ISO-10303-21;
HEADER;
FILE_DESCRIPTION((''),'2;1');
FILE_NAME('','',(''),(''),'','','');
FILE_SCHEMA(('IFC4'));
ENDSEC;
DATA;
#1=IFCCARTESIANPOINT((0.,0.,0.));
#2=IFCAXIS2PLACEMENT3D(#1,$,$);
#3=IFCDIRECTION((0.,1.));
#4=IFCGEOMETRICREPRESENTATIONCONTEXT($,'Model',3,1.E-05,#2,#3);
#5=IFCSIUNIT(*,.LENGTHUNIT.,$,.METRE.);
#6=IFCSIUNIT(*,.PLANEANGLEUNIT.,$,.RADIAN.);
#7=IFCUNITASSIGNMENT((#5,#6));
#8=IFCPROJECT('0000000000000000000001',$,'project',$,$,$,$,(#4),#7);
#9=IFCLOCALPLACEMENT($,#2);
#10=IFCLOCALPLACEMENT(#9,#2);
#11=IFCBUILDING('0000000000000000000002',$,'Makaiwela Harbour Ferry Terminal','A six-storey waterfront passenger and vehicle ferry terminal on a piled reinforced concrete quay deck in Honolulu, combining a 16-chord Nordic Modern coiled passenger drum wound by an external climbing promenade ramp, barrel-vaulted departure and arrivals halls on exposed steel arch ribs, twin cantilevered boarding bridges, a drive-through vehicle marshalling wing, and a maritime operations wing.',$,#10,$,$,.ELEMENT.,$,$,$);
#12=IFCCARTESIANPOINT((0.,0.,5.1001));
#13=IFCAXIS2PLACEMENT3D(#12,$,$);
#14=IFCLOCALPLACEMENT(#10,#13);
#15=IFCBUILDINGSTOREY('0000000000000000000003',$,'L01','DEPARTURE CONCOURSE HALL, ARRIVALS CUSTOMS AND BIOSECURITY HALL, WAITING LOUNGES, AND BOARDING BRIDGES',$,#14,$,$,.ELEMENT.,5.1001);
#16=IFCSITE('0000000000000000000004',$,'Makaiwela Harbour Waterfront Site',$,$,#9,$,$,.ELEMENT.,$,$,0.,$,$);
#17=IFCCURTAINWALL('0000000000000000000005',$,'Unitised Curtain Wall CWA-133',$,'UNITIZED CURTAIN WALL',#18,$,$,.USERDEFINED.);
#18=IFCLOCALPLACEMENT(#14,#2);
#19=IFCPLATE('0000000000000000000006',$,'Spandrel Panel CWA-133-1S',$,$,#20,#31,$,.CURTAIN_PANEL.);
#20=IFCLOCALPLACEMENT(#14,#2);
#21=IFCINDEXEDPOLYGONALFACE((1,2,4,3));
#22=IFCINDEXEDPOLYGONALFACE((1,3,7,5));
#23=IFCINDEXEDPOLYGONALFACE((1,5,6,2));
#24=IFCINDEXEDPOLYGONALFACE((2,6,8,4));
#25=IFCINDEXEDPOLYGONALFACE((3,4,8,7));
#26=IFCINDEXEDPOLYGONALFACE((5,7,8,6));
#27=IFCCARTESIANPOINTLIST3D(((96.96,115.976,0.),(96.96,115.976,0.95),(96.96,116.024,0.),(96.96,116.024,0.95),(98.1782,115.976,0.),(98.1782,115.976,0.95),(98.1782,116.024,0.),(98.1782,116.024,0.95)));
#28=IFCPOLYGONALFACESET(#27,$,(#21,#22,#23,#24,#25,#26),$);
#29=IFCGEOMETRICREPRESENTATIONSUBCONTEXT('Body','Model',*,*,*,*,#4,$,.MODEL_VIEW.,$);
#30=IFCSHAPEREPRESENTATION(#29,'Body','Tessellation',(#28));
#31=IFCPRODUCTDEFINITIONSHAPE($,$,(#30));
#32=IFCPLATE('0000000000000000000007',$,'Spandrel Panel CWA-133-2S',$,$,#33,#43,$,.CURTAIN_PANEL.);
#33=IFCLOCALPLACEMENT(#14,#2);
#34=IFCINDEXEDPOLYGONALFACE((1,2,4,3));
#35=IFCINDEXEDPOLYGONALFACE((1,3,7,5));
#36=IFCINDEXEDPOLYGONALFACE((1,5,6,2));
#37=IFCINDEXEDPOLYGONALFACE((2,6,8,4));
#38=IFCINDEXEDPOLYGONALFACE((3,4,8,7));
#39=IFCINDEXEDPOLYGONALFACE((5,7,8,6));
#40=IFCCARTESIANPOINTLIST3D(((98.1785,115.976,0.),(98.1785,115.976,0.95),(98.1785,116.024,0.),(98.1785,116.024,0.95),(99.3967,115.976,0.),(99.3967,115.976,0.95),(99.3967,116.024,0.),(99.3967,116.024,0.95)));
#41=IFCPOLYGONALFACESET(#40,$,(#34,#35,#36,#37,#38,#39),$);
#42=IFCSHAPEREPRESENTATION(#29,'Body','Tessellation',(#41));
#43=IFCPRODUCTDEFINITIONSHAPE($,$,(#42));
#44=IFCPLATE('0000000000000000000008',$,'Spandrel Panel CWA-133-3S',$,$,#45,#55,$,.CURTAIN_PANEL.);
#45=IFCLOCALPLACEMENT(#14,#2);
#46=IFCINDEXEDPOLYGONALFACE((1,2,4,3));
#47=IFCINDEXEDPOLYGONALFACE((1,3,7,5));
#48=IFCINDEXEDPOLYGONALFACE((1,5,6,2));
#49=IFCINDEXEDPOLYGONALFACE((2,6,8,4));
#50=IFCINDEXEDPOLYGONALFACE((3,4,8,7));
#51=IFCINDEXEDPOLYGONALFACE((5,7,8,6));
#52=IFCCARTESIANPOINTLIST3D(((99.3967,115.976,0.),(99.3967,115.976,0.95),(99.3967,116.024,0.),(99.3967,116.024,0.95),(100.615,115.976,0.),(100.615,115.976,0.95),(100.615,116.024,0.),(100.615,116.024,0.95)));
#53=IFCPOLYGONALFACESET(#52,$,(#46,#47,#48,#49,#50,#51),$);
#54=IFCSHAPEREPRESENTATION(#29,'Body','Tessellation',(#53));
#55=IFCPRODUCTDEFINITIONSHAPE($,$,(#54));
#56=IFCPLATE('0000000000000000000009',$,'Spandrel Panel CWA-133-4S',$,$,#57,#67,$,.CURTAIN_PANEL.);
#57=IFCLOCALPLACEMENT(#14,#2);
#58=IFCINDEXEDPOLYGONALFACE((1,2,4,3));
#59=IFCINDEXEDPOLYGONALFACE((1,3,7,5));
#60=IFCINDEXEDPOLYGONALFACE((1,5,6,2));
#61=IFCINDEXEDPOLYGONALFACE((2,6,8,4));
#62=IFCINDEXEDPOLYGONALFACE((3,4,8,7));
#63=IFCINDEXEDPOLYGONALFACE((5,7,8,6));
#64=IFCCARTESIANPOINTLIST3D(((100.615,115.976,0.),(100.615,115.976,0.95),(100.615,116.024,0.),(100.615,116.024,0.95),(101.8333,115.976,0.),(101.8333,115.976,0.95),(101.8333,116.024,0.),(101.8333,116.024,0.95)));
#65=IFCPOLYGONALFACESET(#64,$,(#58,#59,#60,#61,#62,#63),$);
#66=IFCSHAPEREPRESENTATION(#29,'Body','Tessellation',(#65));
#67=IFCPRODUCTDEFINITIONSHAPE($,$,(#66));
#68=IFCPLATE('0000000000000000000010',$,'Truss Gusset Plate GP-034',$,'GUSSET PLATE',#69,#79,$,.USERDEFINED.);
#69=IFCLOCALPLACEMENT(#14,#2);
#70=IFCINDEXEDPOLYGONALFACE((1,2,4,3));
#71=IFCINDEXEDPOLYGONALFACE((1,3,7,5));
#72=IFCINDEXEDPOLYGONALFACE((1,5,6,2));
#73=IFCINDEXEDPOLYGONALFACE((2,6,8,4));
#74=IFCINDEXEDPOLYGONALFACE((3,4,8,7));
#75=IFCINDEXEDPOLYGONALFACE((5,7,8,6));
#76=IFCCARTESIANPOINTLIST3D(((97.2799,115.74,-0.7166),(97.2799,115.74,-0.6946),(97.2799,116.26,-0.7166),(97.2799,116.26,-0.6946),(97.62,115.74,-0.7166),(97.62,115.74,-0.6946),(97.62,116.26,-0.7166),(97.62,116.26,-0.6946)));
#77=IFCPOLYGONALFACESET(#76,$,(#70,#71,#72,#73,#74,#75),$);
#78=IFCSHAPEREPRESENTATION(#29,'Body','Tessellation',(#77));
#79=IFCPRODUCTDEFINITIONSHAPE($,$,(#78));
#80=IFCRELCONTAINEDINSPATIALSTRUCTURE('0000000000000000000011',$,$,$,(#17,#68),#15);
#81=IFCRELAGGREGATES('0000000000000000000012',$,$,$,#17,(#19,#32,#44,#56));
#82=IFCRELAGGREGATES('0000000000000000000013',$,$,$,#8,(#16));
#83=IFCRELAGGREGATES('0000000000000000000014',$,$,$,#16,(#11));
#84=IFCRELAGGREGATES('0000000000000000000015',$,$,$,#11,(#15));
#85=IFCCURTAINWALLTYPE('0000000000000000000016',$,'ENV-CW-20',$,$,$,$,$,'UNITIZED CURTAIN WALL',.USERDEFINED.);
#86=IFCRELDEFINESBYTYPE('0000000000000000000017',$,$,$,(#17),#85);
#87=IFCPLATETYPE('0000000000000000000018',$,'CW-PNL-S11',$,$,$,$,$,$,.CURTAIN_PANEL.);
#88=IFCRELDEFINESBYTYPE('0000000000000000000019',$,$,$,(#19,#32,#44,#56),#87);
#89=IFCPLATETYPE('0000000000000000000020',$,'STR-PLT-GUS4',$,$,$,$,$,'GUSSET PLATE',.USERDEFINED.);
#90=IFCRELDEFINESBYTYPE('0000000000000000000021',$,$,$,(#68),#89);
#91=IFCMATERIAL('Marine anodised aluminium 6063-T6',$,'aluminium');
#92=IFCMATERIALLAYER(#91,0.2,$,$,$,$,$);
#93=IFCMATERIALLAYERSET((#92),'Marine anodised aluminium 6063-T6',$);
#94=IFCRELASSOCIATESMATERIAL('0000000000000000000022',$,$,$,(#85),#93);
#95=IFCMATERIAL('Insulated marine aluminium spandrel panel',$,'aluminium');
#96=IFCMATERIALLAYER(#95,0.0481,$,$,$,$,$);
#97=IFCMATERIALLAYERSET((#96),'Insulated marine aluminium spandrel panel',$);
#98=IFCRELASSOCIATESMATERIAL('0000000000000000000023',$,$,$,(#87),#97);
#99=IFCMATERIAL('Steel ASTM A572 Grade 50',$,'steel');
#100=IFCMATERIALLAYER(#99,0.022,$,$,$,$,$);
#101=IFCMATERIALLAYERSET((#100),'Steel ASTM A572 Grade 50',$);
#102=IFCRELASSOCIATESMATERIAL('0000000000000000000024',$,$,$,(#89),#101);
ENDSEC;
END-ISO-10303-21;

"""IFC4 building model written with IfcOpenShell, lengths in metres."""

from ifc_helpers import new_model, si_unit, direction, frame, origin, origin_2d, place, context, subcontext, project, spatial, rectangle, extrude, material, layer, layer_set, type_object, element, aggregate, save


model = new_model("IFC4")

# Units and contexts
model_context = context("Model", 3, precision=1e-05, world=origin(), true_north=direction((0.0, 1.0)))
body_context = subcontext(model_context, "Body", "Model", "MODEL_VIEW")
ifc_project = project(units=[si_unit("LENGTHUNIT", "METRE"), si_unit("PLANEANGLEUNIT", "RADIAN")], contexts=[model_context])

# Site, building, storey
site_placement = place(None, origin())
site = spatial("IfcSite", under=ifc_project, at=site_placement, Name="Makaiwela Harbour Waterfront Site", CompositionType="ELEMENT", RefElevation=0.0)
building_placement = place(site_placement, origin())
building = spatial("IfcBuilding", under=site, at=building_placement, Name="Makaiwela Harbour Ferry Terminal", Description="A six-storey waterfront passenger and vehicle ferry terminal on a piled reinforced concrete quay deck in Honolulu, combining a 16-chord Nordic Modern coiled passenger drum wound by an external climbing promenade ramp, barrel-vaulted departure and arrivals halls on exposed steel arch ribs, twin cantilevered boarding bridges, a drive-through vehicle marshalling wing, and a maritime operations wing.", CompositionType="ELEMENT")
storey_placement = place(building_placement, frame((0.0, 0.0, 5.1001)))
storey = spatial("IfcBuildingStorey", under=building, at=storey_placement, Name="L01", Description="DEPARTURE CONCOURSE HALL, ARRIVALS CUSTOMS AND BIOSECURITY HALL, WAITING LOUNGES, AND BOARDING BRIDGES", CompositionType="ELEMENT", Elevation=5.1001)

# Curtain wall
ifc_material_1 = material(Name="Marine anodised aluminium 6063-T6", Category="aluminium")
ifc_layer_1 = layer(ifc_material_1, 0.2)
ifc_layer_set_1 = layer_set([ifc_layer_1], Name="Marine anodised aluminium 6063-T6")
curtain_wall_type = type_object("IfcCurtainWallType", Name="ENV-CW-20", ElementType="UNITIZED CURTAIN WALL", PredefinedType="USERDEFINED", material=ifc_layer_set_1)
curtain_wall_placement = place(storey_placement, origin())
curtain_wall = element("IfcCurtainWall", 1, at=curtain_wall_placement, inside=storey, type_object=curtain_wall_type, Name="Unitised Curtain Wall CWA-133", ObjectType="UNITIZED CURTAIN WALL", PredefinedType="USERDEFINED")

# Plates
ifc_material_2 = material(Name="Insulated marine aluminium spandrel panel", Category="aluminium")
ifc_layer_2 = layer(ifc_material_2, 0.0481)
ifc_layer_set_2 = layer_set([ifc_layer_2], Name="Insulated marine aluminium spandrel panel")
plate_type_1 = type_object("IfcPlateType", Name="CW-PNL-S11", PredefinedType="CURTAIN_PANEL", material=ifc_layer_set_2)
plate_1_placement = place(storey_placement, frame((97.5691, 116.0, 0.0), z_axis=(0.0, 0.0, 1.0), x_axis=(1.0, 0.0, 0.0)))
plate_1 = element("IfcPlate", 2, at=plate_1_placement, type_object=plate_type_1, Name="Spandrel Panel CWA-133-1S", PredefinedType="CURTAIN_PANEL", context=body_context, shape_type="SweptSolid", body=[
    extrude(rectangle(XDim=1.2183, YDim=0.0481, at=origin_2d()), origin(), (0.0, 0.0, 1.0), 0.95),
])
plate_2_placement = place(storey_placement, frame((98.7876, 116.0, 0.0), z_axis=(0.0, 0.0, 1.0), x_axis=(1.0, 0.0, 0.0)))
plate_2 = element("IfcPlate", 3, at=plate_2_placement, type_object=plate_type_1, Name="Spandrel Panel CWA-133-2S", PredefinedType="CURTAIN_PANEL", context=body_context, shape_type="SweptSolid", body=[
    extrude(rectangle(XDim=1.2183, YDim=0.0481, at=origin_2d()), origin(), (0.0, 0.0, 1.0), 0.95),
])
plate_3_placement = place(storey_placement, frame((100.0059, 116.0, 0.0), z_axis=(0.0, 0.0, 1.0), x_axis=(1.0, 0.0, 0.0)))
plate_3 = element("IfcPlate", 4, at=plate_3_placement, type_object=plate_type_1, Name="Spandrel Panel CWA-133-3S", PredefinedType="CURTAIN_PANEL", context=body_context, shape_type="SweptSolid", body=[
    extrude(rectangle(XDim=1.2183, YDim=0.0481, at=origin_2d()), origin(), (0.0, 0.0, 1.0), 0.95),
])
plate_4_placement = place(storey_placement, frame((101.2241, 116.0, 0.0), z_axis=(0.0, 0.0, 1.0), x_axis=(1.0, 0.0, 0.0)))
plate_4 = element("IfcPlate", 5, at=plate_4_placement, type_object=plate_type_1, Name="Spandrel Panel CWA-133-4S", PredefinedType="CURTAIN_PANEL", context=body_context, shape_type="SweptSolid", body=[
    extrude(rectangle(XDim=1.2183, YDim=0.0481, at=origin_2d()), origin(), (0.0, 0.0, 1.0), 0.95),
])
aggregate(curtain_wall, [plate_1, plate_2, plate_3, plate_4])
ifc_material_3 = material(Name="Steel ASTM A572 Grade 50", Category="steel")
ifc_layer_3 = layer(ifc_material_3, 0.022)
ifc_layer_set_3 = layer_set([ifc_layer_3], Name="Steel ASTM A572 Grade 50")
plate_type_2 = type_object("IfcPlateType", Name="STR-PLT-GUS4", ElementType="GUSSET PLATE", PredefinedType="USERDEFINED", material=ifc_layer_set_3)
plate_5_placement = place(storey_placement, frame((97.45, 116.0, -0.7166), z_axis=(0.0, 0.0, 1.0), x_axis=(0.0, 1.0, 0.0)))
element("IfcPlate", 6, at=plate_5_placement, inside=storey, type_object=plate_type_2, Name="Truss Gusset Plate GP-034", ObjectType="GUSSET PLATE", PredefinedType="USERDEFINED", context=body_context, shape_type="SweptSolid", body=[
    extrude(rectangle(XDim=0.52, YDim=0.3401, at=origin_2d()), origin(), (0.0, 0.0, 1.0), 0.022),
])

save(model, "model.ifc")
